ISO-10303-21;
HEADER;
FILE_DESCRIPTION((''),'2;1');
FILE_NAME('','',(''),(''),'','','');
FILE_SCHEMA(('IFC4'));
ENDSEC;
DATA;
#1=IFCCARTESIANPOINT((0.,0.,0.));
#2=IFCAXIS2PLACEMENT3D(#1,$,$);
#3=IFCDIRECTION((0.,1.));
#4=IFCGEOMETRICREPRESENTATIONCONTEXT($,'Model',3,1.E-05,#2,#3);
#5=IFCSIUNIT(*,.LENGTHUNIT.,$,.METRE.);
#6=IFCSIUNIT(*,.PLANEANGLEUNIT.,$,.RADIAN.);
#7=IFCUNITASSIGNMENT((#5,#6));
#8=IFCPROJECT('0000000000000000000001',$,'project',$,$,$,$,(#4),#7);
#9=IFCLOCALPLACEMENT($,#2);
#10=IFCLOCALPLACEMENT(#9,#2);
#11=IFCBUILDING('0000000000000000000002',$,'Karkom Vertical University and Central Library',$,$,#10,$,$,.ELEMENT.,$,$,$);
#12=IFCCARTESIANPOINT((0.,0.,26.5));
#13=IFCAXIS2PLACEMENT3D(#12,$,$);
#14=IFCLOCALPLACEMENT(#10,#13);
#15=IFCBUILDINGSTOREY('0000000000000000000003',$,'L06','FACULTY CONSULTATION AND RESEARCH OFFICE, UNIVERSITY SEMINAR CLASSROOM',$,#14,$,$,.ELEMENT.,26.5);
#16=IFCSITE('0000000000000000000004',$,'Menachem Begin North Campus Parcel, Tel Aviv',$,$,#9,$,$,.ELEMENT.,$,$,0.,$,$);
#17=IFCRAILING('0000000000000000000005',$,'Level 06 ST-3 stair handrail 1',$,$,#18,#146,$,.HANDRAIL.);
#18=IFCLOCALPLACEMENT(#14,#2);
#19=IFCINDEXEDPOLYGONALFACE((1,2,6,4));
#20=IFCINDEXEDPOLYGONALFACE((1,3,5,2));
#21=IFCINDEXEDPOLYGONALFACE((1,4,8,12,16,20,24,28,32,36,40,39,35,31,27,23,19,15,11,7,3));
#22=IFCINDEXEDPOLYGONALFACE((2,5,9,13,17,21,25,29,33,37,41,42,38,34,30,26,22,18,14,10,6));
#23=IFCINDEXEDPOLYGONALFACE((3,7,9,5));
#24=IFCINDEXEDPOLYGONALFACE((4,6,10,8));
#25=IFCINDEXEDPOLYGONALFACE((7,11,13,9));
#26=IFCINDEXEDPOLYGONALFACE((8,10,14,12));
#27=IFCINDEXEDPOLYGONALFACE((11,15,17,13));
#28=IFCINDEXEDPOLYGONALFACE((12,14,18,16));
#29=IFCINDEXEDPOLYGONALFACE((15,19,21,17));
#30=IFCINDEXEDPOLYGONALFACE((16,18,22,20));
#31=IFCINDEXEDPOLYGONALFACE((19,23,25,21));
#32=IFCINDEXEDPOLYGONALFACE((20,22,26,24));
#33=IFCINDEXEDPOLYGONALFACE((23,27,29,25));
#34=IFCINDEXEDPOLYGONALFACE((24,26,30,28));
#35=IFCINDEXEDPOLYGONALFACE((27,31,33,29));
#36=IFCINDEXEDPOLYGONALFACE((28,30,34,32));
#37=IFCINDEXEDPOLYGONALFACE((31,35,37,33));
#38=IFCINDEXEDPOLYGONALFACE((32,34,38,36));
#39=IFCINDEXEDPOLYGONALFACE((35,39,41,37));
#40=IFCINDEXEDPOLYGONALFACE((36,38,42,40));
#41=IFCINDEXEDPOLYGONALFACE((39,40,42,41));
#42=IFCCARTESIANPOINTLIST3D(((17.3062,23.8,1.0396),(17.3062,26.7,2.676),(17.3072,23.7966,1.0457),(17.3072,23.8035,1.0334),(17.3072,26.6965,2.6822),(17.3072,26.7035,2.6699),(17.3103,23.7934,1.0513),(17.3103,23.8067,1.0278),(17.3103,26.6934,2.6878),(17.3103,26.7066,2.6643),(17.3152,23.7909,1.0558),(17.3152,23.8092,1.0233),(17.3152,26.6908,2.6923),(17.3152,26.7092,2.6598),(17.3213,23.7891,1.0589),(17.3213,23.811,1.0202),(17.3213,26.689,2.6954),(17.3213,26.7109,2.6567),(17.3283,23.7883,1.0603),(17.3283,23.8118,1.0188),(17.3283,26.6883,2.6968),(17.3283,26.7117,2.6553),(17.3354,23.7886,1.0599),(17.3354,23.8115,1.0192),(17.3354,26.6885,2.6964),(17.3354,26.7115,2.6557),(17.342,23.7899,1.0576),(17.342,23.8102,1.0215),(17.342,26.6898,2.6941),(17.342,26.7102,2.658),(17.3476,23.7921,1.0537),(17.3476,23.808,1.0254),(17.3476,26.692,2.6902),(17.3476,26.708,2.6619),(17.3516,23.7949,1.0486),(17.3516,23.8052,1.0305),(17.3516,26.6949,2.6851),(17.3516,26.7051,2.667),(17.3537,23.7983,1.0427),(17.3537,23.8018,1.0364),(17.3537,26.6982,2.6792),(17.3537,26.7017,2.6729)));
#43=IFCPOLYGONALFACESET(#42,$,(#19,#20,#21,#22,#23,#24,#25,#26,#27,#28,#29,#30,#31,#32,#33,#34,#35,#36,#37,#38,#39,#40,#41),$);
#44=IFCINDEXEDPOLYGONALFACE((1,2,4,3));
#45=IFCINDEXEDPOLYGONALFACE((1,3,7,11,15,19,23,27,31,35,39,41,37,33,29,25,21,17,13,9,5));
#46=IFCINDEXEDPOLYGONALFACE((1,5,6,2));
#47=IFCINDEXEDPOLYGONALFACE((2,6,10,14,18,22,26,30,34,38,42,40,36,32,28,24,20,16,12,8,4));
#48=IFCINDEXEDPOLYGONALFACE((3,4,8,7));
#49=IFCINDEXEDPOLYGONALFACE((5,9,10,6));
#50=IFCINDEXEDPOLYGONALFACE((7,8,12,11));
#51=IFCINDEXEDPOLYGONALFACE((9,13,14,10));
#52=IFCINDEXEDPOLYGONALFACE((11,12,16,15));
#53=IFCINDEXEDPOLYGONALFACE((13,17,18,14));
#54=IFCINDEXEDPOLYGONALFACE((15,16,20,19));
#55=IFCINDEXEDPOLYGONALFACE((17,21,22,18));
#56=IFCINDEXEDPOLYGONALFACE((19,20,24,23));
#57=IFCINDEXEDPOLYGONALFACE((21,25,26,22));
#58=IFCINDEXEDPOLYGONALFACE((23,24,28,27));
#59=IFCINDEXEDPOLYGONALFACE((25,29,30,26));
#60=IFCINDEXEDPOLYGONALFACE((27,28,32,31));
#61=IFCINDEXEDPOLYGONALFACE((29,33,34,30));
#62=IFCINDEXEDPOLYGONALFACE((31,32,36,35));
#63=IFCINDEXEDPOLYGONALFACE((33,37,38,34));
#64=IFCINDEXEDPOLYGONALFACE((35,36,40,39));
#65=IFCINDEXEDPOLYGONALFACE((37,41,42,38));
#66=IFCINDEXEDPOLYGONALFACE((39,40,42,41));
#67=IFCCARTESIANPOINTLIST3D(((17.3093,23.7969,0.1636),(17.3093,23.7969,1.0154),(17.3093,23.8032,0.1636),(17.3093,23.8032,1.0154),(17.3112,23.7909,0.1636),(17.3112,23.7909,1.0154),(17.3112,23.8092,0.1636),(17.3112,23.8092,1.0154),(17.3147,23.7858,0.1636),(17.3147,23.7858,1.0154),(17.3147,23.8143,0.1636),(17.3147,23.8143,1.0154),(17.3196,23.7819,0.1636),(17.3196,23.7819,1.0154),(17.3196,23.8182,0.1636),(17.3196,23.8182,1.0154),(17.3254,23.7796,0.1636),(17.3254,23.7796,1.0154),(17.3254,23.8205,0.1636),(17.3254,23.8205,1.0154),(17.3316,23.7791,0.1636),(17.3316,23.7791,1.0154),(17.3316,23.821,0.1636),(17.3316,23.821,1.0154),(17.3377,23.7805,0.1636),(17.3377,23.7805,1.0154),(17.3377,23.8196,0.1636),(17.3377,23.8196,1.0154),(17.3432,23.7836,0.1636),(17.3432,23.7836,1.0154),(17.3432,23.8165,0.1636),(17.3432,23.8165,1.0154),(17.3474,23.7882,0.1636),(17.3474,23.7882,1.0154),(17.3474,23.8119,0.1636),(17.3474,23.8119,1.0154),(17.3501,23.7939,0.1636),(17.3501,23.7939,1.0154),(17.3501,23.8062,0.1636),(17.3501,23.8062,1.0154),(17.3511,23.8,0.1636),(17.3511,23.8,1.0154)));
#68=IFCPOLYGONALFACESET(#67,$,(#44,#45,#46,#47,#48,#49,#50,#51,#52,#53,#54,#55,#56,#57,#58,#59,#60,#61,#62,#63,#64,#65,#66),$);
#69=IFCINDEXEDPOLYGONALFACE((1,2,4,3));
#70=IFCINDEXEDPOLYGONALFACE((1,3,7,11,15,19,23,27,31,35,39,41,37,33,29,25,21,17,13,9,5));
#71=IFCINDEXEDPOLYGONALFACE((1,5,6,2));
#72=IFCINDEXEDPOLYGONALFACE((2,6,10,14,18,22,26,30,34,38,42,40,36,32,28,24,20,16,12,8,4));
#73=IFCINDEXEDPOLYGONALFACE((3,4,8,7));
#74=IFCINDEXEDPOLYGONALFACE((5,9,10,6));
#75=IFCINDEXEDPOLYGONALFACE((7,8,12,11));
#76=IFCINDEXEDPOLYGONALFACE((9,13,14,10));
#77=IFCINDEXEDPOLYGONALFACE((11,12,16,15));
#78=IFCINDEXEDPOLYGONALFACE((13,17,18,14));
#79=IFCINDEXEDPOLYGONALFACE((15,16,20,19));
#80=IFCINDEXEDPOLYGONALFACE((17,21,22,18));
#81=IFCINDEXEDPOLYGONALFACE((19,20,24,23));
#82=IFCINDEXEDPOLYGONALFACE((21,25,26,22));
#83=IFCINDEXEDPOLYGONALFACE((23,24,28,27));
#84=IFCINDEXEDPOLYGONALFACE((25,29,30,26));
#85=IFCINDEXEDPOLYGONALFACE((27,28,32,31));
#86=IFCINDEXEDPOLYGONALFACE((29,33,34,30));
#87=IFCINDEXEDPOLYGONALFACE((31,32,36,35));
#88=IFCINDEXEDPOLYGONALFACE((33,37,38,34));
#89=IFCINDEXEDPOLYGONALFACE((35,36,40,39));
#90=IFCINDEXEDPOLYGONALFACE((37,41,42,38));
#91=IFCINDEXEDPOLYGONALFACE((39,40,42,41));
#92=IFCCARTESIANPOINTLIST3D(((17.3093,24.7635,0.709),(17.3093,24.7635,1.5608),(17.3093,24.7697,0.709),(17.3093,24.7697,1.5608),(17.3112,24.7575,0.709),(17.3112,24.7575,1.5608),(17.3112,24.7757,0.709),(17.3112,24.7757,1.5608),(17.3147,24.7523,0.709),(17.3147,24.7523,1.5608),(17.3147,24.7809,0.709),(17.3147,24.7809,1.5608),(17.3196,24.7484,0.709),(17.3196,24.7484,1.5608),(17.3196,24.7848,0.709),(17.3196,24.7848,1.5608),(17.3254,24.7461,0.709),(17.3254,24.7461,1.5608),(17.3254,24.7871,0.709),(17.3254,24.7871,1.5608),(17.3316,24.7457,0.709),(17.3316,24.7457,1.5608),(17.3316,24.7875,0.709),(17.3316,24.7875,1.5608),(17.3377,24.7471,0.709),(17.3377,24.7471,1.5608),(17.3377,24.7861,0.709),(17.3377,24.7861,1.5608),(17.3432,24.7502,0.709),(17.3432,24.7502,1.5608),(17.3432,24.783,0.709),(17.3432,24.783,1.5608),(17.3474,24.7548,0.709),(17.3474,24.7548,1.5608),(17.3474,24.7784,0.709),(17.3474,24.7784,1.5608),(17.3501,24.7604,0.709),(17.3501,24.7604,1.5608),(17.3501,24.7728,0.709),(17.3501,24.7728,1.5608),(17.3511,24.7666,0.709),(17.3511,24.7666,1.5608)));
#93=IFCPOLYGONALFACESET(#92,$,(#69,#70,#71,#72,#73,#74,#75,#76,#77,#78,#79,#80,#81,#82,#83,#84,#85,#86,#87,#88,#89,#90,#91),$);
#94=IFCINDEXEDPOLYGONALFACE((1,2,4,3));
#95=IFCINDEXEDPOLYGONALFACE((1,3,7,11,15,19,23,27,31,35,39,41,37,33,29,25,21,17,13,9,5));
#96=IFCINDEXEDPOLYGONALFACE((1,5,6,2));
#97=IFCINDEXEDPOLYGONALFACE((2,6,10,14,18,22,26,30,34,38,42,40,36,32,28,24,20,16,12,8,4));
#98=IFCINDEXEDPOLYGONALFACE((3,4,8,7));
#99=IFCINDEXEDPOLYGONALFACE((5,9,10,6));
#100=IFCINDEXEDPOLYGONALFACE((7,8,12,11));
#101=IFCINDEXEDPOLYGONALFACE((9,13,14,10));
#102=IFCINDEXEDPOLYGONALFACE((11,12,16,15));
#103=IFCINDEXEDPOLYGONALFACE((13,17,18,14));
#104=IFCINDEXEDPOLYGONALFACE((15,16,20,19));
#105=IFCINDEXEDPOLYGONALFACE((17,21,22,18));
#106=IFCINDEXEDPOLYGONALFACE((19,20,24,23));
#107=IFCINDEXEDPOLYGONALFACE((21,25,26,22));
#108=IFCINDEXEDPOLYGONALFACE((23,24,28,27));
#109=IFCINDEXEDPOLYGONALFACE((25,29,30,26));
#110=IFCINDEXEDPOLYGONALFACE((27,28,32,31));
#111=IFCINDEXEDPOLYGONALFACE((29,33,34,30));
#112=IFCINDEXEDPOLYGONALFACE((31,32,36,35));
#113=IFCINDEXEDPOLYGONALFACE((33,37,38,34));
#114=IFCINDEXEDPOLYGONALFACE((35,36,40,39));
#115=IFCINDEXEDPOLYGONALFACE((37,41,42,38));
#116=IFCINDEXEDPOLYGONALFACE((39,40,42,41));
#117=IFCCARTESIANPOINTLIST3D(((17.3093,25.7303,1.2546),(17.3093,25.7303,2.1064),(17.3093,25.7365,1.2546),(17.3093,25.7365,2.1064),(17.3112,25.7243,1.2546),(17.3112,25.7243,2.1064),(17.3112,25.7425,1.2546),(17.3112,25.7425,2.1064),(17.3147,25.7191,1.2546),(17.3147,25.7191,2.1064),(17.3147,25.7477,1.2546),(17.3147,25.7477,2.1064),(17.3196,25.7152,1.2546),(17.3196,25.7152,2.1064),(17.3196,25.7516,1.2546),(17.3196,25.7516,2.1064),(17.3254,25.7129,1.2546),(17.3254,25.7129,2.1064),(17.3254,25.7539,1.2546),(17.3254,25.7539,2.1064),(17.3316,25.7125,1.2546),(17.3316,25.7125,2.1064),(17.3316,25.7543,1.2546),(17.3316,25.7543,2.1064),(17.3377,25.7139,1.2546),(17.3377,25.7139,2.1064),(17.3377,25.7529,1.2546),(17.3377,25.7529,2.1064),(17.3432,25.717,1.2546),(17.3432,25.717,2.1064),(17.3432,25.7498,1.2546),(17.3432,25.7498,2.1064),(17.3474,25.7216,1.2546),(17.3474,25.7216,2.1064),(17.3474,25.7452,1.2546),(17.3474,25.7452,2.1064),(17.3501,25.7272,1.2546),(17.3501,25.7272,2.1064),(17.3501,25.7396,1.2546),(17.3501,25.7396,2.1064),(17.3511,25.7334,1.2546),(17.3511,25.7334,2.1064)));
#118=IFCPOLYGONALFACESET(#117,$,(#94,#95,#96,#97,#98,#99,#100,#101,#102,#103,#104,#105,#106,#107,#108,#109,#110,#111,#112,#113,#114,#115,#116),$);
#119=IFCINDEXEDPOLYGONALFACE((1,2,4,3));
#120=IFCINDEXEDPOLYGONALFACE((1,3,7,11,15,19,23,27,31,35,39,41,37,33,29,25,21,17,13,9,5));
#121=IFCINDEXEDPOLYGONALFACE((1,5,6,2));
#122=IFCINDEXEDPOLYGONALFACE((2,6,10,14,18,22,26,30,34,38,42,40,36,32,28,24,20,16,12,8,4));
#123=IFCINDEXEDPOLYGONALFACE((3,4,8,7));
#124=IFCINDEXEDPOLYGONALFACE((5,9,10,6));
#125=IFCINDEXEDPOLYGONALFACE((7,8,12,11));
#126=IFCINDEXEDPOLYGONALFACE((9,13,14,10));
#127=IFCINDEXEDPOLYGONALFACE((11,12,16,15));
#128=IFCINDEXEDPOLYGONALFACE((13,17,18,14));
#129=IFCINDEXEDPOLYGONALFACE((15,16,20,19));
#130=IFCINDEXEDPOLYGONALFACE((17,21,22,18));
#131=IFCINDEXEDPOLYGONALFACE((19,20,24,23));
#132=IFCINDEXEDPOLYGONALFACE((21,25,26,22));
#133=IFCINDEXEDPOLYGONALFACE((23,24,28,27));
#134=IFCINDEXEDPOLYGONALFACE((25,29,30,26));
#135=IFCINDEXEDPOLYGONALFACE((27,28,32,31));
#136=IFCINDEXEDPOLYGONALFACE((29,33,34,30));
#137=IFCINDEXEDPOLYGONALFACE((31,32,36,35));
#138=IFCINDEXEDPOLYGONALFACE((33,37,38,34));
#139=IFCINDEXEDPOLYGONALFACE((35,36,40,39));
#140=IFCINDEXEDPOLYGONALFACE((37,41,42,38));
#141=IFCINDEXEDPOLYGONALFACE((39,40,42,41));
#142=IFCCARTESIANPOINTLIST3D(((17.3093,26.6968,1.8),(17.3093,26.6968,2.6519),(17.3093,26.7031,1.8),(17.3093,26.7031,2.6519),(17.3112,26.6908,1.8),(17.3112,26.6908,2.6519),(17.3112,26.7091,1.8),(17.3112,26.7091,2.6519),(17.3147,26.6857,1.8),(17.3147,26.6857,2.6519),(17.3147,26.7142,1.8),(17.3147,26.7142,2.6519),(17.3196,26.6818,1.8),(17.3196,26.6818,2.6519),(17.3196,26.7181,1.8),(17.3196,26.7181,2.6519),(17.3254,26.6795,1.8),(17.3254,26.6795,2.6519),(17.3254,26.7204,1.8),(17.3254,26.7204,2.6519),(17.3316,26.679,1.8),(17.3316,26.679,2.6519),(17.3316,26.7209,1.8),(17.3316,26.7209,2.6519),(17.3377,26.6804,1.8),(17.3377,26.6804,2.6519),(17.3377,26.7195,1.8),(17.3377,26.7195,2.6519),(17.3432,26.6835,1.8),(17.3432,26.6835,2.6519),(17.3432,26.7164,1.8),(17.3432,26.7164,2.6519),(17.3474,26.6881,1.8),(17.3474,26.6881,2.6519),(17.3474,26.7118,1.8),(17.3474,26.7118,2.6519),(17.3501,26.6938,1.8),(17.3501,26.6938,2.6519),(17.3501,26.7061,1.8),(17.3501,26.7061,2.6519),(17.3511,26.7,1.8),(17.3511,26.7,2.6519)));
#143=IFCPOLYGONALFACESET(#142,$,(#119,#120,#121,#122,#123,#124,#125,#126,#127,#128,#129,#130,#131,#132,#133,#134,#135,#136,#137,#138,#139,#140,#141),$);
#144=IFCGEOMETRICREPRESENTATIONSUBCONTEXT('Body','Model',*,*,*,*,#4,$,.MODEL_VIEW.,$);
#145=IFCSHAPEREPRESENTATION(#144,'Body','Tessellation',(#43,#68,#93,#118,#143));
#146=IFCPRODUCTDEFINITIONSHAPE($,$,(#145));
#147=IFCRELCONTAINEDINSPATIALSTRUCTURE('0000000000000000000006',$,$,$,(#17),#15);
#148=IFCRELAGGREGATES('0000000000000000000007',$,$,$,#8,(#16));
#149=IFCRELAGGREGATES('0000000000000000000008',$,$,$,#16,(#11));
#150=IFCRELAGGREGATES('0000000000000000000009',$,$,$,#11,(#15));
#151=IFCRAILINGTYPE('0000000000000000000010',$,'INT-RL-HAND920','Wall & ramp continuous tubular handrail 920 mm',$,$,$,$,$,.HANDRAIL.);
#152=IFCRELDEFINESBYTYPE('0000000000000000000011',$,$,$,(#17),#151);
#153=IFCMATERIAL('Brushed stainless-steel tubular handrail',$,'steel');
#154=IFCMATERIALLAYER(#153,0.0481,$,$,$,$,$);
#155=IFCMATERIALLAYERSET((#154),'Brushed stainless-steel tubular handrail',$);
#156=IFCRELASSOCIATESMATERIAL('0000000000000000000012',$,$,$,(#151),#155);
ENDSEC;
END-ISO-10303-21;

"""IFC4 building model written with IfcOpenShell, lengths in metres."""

from ifc_helpers import new_model, si_unit, direction, frame, origin, origin_2d, place, context, subcontext, project, spatial, circle, extrude, material, layer, layer_set, type_object, element, save


model = new_model("IFC4")

# Units and contexts
model_context = context("Model", 3, precision=1e-05, world=origin(), true_north=direction((0.0, 1.0)))
body_context = subcontext(model_context, "Body", "Model", "MODEL_VIEW")
ifc_project = project(units=[si_unit("LENGTHUNIT", "METRE"), si_unit("PLANEANGLEUNIT", "RADIAN")], contexts=[model_context])

# Site, building, storey
site_placement = place(None, origin())
site = spatial("IfcSite", under=ifc_project, at=site_placement, Name="Menachem Begin North Campus Parcel, Tel Aviv", CompositionType="ELEMENT", RefElevation=0.0)
building_placement = place(site_placement, origin())
building = spatial("IfcBuilding", under=site, at=building_placement, Name="Karkom Vertical University and Central Library", CompositionType="ELEMENT")
storey_placement = place(building_placement, frame((0.0, 0.0, 26.5)))
storey = spatial("IfcBuildingStorey", under=building, at=storey_placement, Name="L06", Description="FACULTY CONSULTATION AND RESEARCH OFFICE, UNIVERSITY SEMINAR CLASSROOM", CompositionType="ELEMENT", Elevation=26.5)

# Railing
ifc_material_1 = material(Name="Brushed stainless-steel tubular handrail", Category="steel")
ifc_layer_1 = layer(ifc_material_1, 0.0481)
ifc_layer_set_1 = layer_set([ifc_layer_1], Name="Brushed stainless-steel tubular handrail")
railing_type_1 = type_object("IfcRailingType", Name="INT-RL-HAND920", Description="Wall & ramp continuous tubular handrail 920 mm", PredefinedType="HANDRAIL", material=ifc_layer_set_1)
railing_1_placement = place(storey_placement, frame((17.3301, 23.8, 0.1636)))
element("IfcRailing", 1, at=railing_1_placement, inside=storey, type_object=railing_type_1, Name="Level 06 ST-3 stair handrail 1", PredefinedType="HANDRAIL", context=body_context, shape_type="SweptSolid", body=[
    extrude(circle(Radius=0.0239, at=origin_2d()), frame((0.0, 0.0, 0.876), z_axis=(0.0, 0.870897, 0.491465), x_axis=(-1.0, 0.0, 0.0)), (0.0, 0.0, 1.0), 3.3298),
    extrude(circle(Radius=0.021, at=origin_2d()), origin(), (0.0, 0.0, 1.0), 0.8518),
    extrude(circle(Radius=0.021, at=origin_2d()), frame((0.0, 0.9666, 0.5454)), (0.0, 0.0, 1.0), 0.8518),
    extrude(circle(Radius=0.021, at=origin_2d()), frame((0.0, 1.9333, 1.0911)), (0.0, 0.0, 1.0), 0.8518),
    extrude(circle(Radius=0.021, at=origin_2d()), frame((0.0, 2.8999, 1.6365)), (0.0, 0.0, 1.0), 0.8518),
])

save(model, "model.ifc")
